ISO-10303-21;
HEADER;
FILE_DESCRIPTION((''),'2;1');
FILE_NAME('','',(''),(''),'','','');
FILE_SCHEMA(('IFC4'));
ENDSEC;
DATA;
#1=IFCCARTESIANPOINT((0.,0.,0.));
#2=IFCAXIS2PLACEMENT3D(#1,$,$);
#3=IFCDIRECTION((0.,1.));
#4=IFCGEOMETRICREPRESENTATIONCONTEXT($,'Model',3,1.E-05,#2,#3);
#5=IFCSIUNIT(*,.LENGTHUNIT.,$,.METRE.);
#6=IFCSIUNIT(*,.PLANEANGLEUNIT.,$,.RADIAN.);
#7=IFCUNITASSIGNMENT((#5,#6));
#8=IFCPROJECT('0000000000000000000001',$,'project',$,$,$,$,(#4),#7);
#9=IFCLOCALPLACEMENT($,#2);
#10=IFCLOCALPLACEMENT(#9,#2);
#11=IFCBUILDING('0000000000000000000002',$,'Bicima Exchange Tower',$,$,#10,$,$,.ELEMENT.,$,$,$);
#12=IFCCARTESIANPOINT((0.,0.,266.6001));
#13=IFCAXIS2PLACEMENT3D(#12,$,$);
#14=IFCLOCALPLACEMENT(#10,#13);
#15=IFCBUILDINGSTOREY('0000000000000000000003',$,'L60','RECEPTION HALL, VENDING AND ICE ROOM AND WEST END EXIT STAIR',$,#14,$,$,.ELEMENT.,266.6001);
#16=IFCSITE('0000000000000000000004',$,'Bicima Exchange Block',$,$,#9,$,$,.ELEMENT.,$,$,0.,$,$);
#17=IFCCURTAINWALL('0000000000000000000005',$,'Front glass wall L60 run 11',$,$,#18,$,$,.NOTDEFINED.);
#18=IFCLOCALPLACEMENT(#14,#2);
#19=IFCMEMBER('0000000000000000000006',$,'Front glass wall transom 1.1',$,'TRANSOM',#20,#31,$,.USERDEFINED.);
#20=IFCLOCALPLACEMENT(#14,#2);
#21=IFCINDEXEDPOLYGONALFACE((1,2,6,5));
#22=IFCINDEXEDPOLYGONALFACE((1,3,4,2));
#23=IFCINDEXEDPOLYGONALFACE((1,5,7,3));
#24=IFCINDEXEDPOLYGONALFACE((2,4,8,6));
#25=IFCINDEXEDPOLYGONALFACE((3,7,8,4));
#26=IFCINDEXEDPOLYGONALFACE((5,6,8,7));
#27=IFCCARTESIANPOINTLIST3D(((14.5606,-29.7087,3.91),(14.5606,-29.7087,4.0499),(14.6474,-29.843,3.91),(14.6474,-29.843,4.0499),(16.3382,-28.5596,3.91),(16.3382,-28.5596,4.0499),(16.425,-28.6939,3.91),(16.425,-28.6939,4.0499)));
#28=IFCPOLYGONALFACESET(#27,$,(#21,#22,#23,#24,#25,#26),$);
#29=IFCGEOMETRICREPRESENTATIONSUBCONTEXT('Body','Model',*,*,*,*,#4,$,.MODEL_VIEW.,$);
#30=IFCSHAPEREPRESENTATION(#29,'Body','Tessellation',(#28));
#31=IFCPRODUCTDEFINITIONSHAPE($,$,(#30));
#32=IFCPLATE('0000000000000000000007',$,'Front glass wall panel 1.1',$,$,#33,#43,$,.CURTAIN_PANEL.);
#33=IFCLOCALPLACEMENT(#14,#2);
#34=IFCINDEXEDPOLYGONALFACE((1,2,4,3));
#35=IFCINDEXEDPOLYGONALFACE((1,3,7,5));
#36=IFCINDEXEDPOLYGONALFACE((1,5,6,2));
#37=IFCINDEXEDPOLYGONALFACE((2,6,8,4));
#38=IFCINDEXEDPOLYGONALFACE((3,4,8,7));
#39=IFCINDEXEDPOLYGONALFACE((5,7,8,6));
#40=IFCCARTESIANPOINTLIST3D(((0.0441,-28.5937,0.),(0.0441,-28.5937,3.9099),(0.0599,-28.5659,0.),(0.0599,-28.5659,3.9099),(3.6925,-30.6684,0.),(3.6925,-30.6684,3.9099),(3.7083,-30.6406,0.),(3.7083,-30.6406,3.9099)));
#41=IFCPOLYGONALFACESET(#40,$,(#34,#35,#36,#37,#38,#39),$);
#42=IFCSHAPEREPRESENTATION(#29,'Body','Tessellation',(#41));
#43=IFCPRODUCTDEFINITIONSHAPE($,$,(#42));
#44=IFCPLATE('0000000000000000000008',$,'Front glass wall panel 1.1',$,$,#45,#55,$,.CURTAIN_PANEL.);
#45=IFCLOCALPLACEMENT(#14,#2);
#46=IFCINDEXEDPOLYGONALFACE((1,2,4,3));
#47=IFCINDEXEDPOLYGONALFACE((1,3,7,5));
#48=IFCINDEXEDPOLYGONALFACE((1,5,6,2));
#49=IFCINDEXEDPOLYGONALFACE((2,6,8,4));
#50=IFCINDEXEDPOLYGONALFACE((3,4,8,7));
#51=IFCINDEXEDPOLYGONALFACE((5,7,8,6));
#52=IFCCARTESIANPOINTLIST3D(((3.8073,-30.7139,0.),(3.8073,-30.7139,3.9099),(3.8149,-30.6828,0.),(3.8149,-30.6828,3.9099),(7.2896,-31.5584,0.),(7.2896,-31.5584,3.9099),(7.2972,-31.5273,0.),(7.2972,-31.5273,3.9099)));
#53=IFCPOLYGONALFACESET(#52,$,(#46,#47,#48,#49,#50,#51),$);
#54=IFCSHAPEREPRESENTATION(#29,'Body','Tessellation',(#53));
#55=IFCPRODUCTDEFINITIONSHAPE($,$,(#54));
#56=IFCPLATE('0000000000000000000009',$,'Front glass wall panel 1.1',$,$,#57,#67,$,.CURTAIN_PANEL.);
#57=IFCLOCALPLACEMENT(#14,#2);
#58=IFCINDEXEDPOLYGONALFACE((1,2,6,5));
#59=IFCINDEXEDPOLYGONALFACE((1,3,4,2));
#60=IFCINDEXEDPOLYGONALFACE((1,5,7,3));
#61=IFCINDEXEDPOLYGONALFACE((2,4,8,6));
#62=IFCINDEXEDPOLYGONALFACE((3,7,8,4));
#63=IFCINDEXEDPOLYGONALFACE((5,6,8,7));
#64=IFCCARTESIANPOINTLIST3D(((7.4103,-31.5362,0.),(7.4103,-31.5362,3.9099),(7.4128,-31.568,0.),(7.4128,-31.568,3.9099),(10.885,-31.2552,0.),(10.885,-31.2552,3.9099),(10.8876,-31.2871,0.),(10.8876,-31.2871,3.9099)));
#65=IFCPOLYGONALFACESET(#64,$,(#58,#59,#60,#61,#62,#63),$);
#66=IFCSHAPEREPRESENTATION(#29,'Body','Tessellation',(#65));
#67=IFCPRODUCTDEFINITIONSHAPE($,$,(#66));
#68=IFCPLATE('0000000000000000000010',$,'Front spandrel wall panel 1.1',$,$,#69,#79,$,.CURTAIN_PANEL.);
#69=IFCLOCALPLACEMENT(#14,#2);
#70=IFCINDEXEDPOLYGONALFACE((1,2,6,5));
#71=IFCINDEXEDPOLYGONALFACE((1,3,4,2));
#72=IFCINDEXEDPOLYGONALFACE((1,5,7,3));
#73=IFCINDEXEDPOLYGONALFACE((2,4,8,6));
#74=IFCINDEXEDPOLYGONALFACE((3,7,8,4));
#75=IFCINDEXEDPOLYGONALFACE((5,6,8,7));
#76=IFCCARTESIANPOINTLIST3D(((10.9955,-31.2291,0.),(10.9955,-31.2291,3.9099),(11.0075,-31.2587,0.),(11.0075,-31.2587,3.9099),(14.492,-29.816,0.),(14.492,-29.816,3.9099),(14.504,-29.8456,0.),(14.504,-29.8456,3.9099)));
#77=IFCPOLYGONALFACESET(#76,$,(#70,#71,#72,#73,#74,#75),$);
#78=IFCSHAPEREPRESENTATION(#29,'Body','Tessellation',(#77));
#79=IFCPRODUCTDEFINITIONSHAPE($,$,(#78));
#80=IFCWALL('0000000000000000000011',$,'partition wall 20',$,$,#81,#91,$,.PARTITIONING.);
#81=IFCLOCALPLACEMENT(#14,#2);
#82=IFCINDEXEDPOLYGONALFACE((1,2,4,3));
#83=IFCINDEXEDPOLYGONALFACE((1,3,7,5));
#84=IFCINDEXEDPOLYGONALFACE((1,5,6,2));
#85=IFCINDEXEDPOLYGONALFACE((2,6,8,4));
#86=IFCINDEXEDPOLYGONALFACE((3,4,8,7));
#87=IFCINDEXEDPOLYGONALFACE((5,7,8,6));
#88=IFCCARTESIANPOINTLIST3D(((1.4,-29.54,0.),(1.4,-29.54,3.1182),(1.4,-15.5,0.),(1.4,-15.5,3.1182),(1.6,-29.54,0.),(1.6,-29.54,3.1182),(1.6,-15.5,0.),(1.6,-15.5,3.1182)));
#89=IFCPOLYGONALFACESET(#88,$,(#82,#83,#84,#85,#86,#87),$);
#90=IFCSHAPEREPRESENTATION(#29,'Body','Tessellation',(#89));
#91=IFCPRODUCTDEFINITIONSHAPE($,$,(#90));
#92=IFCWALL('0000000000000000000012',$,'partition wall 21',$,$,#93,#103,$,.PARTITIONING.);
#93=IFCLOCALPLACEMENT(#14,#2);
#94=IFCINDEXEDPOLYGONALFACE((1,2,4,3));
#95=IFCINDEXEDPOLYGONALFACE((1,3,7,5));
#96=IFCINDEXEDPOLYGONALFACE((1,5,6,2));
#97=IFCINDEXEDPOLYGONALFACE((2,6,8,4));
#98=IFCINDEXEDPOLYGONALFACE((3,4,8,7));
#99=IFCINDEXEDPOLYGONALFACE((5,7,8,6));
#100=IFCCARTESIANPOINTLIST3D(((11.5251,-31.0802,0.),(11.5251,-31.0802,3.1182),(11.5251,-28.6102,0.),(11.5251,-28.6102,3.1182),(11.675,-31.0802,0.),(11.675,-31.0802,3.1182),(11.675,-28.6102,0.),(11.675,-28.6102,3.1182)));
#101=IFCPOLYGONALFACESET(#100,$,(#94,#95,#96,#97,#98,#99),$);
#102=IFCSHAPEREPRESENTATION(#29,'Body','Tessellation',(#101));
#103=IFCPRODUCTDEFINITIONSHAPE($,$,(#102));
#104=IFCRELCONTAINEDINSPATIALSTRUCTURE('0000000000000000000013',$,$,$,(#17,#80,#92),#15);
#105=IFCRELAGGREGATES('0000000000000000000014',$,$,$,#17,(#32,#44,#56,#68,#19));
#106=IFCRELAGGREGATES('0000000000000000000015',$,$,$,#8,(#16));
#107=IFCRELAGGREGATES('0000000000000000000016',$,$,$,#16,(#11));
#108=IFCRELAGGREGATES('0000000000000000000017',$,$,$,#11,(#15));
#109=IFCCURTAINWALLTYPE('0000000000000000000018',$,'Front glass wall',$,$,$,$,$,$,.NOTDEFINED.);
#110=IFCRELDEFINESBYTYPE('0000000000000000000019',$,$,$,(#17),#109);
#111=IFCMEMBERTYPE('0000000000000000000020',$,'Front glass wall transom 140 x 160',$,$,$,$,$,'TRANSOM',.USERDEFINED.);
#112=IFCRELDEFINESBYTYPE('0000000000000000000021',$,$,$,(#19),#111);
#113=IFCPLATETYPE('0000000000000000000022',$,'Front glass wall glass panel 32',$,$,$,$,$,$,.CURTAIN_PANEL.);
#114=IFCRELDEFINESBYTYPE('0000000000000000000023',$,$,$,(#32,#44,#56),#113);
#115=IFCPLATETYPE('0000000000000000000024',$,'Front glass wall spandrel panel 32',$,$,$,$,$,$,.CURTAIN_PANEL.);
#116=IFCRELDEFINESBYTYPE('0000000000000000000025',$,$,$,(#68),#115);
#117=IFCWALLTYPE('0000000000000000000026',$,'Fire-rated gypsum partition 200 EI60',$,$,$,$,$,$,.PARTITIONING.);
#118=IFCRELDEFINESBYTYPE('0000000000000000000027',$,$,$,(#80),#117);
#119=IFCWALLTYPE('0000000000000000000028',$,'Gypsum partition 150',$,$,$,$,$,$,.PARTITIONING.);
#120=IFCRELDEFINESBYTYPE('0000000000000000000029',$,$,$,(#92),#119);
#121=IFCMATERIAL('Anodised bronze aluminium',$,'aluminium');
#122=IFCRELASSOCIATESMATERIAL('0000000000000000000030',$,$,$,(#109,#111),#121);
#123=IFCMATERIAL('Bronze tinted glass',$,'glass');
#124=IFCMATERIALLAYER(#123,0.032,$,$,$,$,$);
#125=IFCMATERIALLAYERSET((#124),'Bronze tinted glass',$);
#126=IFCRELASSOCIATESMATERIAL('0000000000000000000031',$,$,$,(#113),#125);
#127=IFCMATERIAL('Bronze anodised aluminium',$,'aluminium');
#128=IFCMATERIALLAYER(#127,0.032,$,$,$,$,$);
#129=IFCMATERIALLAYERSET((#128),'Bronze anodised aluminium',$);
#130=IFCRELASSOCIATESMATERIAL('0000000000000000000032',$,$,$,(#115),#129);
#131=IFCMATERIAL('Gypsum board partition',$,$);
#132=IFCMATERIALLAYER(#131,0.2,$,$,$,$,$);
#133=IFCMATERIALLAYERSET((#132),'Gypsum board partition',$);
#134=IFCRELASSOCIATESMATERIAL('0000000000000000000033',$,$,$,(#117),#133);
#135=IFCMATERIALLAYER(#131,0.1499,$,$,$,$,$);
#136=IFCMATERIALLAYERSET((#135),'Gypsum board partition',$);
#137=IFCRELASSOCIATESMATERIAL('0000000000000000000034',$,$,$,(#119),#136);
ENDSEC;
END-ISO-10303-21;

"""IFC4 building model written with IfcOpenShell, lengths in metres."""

from ifc_helpers import new_model, si_unit, direction, frame, frame_2d, origin, origin_2d, place, context, subcontext, project, spatial, rectangle, extrude, material, layer, layer_set, material_profile, profile_set, type_object, element, aggregate, save


model = new_model("IFC4")

# Units and contexts
model_context = context("Model", 3, precision=1e-05, world=origin(), true_north=direction((0.0, 1.0)))
body_context = subcontext(model_context, "Body", "Model", "MODEL_VIEW")
ifc_project = project(units=[si_unit("LENGTHUNIT", "METRE"), si_unit("PLANEANGLEUNIT", "RADIAN")], contexts=[model_context])

# Site, building, storey
site_placement = place(None, origin())
site = spatial("IfcSite", under=ifc_project, at=site_placement, Name="Bicima Exchange Block", CompositionType="ELEMENT", RefElevation=0.0)
building_placement = place(site_placement, origin())
building = spatial("IfcBuilding", under=site, at=building_placement, Name="Bicima Exchange Tower", CompositionType="ELEMENT")
storey_placement = place(building_placement, frame((0.0, 0.0, 266.6001)))
storey = spatial("IfcBuildingStorey", under=building, at=storey_placement, Name="L60", Description="RECEPTION HALL, VENDING AND ICE ROOM AND WEST END EXIT STAIR", CompositionType="ELEMENT", Elevation=266.6001)

# Curtain wall, member, plates
ifc_material_1 = material(Name="Anodised bronze aluminium", Category="aluminium")
curtain_wall_type = type_object("IfcCurtainWallType", Name="Front glass wall", PredefinedType="NOTDEFINED", material=ifc_material_1)
curtain_wall_placement = place(storey_placement, origin())
curtain_wall = element("IfcCurtainWall", 1, at=curtain_wall_placement, inside=storey, type_object=curtain_wall_type, Name="Front glass wall L60 run 11", PredefinedType="NOTDEFINED")
ifc_material_profile_1 = material_profile(ifc_material_1, rectangle(XDim=0.1599, YDim=0.1399, at=origin_2d()))
ifc_profile_set_1 = profile_set([ifc_material_profile_1], Name="Anodised bronze aluminium")
member_type_1 = type_object("IfcMemberType", Name="Front glass wall transom 140 x 160", ElementType="TRANSOM", PredefinedType="USERDEFINED", material=ifc_profile_set_1)
member_1_placement = place(storey_placement, frame((14.604, -29.7759, 3.98), z_axis=(0.839793, 0.542907, 0.0), x_axis=(-0.542907, 0.839793, 0.0)))
member_1 = element("IfcMember", 2, at=member_1_placement, type_object=member_type_1, Name="Front glass wall transom 1.1", ObjectType="TRANSOM", PredefinedType="USERDEFINED", context=body_context, shape_type="SweptSolid", body=[
    extrude(rectangle(XDim=0.1599, YDim=0.1399, at=origin_2d()), origin(), (0.0, 0.0, 1.0), 2.1167),
])
ifc_material_2 = material(Name="Bronze tinted glass", Category="glass")
ifc_layer_1 = layer(ifc_material_2, 0.032)
ifc_layer_set_1 = layer_set([ifc_layer_1], Name="Bronze tinted glass")
plate_type_1 = type_object("IfcPlateType", Name="Front glass wall glass panel 32", PredefinedType="CURTAIN_PANEL", material=ifc_layer_set_1)
plate_1_placement = place(storey_placement, frame((1.8762, -29.6172, 0.0), z_axis=(0.0, 0.0, 1.0), x_axis=(0.869274, -0.49433, 0.0)))
plate_1 = element("IfcPlate", 3, at=plate_1_placement, type_object=plate_type_1, Name="Front glass wall panel 1.1", PredefinedType="CURTAIN_PANEL", context=body_context, shape_type="SweptSolid", body=[
    extrude(rectangle(XDim=4.197, YDim=0.032, at=origin_2d()), origin(), (0.0, 0.0, 1.0), 3.9099),
])
plate_2_placement = place(storey_placement, frame((5.5522, -31.1206, 0.0), z_axis=(0.0, 0.0, 1.0), x_axis=(0.97183, -0.235682, 0.0)))
plate_2 = element("IfcPlate", 4, at=plate_2_placement, type_object=plate_type_1, Name="Front glass wall panel 1.1", PredefinedType="CURTAIN_PANEL", context=body_context, shape_type="SweptSolid", body=[
    extrude(rectangle(XDim=3.5833, YDim=0.032, at=origin_2d()), origin(), (0.0, 0.0, 1.0), 3.9099),
])
plate_3_placement = place(storey_placement, frame((9.1489, -31.4116, 0.0), z_axis=(0.0, 0.0, 1.0), x_axis=(0.996747, 0.080589, 0.0)))
plate_3 = element("IfcPlate", 5, at=plate_3_placement, type_object=plate_type_1, Name="Front glass wall panel 1.1", PredefinedType="CURTAIN_PANEL", context=body_context, shape_type="SweptSolid", body=[
    extrude(rectangle(XDim=3.4861, YDim=0.032, at=origin_2d()), origin(), (0.0, 0.0, 1.0), 3.9099),
])
ifc_material_3 = material(Name="Bronze anodised aluminium", Category="aluminium")
ifc_layer_2 = layer(ifc_material_3, 0.032)
ifc_layer_set_2 = layer_set([ifc_layer_2], Name="Bronze anodised aluminium")
plate_type_2 = type_object("IfcPlateType", Name="Front glass wall spandrel panel 32", PredefinedType="CURTAIN_PANEL", material=ifc_layer_set_2)
plate_4_placement = place(storey_placement, frame((12.7498, -30.5374, 0.0), z_axis=(0.0, 0.0, 1.0), x_axis=(0.927144, 0.374705, 0.0)))
plate_4 = element("IfcPlate", 6, at=plate_4_placement, type_object=plate_type_2, Name="Front spandrel wall panel 1.1", PredefinedType="CURTAIN_PANEL", context=body_context, shape_type="SweptSolid", body=[
    extrude(rectangle(XDim=3.7712, YDim=0.032, at=origin_2d()), origin(), (0.0, 0.0, 1.0), 3.9099),
])
aggregate(curtain_wall, [plate_1, plate_2, plate_3, plate_4, member_1])

# Walls
ifc_material_4 = material(Name="Gypsum board partition")
ifc_layer_3 = layer(ifc_material_4, 0.2)
ifc_layer_set_3 = layer_set([ifc_layer_3], Name="Gypsum board partition")
wall_type_1 = type_object("IfcWallType", Name="Fire-rated gypsum partition 200 EI60", PredefinedType="PARTITIONING", material=ifc_layer_set_3)
wall_1_placement = place(storey_placement, frame((1.5, -29.54, 0.0), z_axis=(0.0, 0.0, 1.0), x_axis=(0.0, 1.0, 0.0)))
element("IfcWall", 7, at=wall_1_placement, inside=storey, type_object=wall_type_1, Name="partition wall 20", PredefinedType="PARTITIONING", context=body_context, shape_type="SweptSolid", body=[
    extrude(rectangle(XDim=14.04, YDim=0.2, at=frame_2d((7.02, 0.0))), origin(), (0.0, 0.0, 1.0), 3.1182),
])
ifc_layer_4 = layer(ifc_material_4, 0.1499)
ifc_layer_set_4 = layer_set([ifc_layer_4], Name="Gypsum board partition")
wall_type_2 = type_object("IfcWallType", Name="Gypsum partition 150", PredefinedType="PARTITIONING", material=ifc_layer_set_4)
wall_2_placement = place(storey_placement, frame((11.6001, -31.0801, 0.0), z_axis=(0.0, 0.0, 1.0), x_axis=(0.0, 1.0, 0.0)))
element("IfcWall", 8, at=wall_2_placement, inside=storey, type_object=wall_type_2, Name="partition wall 21", PredefinedType="PARTITIONING", context=body_context, shape_type="SweptSolid", body=[
    extrude(rectangle(XDim=2.47, YDim=0.1499, at=frame_2d((1.2349, 0.0))), origin(), (0.0, 0.0, 1.0), 3.1182),
])

save(model, "model.ifc")
